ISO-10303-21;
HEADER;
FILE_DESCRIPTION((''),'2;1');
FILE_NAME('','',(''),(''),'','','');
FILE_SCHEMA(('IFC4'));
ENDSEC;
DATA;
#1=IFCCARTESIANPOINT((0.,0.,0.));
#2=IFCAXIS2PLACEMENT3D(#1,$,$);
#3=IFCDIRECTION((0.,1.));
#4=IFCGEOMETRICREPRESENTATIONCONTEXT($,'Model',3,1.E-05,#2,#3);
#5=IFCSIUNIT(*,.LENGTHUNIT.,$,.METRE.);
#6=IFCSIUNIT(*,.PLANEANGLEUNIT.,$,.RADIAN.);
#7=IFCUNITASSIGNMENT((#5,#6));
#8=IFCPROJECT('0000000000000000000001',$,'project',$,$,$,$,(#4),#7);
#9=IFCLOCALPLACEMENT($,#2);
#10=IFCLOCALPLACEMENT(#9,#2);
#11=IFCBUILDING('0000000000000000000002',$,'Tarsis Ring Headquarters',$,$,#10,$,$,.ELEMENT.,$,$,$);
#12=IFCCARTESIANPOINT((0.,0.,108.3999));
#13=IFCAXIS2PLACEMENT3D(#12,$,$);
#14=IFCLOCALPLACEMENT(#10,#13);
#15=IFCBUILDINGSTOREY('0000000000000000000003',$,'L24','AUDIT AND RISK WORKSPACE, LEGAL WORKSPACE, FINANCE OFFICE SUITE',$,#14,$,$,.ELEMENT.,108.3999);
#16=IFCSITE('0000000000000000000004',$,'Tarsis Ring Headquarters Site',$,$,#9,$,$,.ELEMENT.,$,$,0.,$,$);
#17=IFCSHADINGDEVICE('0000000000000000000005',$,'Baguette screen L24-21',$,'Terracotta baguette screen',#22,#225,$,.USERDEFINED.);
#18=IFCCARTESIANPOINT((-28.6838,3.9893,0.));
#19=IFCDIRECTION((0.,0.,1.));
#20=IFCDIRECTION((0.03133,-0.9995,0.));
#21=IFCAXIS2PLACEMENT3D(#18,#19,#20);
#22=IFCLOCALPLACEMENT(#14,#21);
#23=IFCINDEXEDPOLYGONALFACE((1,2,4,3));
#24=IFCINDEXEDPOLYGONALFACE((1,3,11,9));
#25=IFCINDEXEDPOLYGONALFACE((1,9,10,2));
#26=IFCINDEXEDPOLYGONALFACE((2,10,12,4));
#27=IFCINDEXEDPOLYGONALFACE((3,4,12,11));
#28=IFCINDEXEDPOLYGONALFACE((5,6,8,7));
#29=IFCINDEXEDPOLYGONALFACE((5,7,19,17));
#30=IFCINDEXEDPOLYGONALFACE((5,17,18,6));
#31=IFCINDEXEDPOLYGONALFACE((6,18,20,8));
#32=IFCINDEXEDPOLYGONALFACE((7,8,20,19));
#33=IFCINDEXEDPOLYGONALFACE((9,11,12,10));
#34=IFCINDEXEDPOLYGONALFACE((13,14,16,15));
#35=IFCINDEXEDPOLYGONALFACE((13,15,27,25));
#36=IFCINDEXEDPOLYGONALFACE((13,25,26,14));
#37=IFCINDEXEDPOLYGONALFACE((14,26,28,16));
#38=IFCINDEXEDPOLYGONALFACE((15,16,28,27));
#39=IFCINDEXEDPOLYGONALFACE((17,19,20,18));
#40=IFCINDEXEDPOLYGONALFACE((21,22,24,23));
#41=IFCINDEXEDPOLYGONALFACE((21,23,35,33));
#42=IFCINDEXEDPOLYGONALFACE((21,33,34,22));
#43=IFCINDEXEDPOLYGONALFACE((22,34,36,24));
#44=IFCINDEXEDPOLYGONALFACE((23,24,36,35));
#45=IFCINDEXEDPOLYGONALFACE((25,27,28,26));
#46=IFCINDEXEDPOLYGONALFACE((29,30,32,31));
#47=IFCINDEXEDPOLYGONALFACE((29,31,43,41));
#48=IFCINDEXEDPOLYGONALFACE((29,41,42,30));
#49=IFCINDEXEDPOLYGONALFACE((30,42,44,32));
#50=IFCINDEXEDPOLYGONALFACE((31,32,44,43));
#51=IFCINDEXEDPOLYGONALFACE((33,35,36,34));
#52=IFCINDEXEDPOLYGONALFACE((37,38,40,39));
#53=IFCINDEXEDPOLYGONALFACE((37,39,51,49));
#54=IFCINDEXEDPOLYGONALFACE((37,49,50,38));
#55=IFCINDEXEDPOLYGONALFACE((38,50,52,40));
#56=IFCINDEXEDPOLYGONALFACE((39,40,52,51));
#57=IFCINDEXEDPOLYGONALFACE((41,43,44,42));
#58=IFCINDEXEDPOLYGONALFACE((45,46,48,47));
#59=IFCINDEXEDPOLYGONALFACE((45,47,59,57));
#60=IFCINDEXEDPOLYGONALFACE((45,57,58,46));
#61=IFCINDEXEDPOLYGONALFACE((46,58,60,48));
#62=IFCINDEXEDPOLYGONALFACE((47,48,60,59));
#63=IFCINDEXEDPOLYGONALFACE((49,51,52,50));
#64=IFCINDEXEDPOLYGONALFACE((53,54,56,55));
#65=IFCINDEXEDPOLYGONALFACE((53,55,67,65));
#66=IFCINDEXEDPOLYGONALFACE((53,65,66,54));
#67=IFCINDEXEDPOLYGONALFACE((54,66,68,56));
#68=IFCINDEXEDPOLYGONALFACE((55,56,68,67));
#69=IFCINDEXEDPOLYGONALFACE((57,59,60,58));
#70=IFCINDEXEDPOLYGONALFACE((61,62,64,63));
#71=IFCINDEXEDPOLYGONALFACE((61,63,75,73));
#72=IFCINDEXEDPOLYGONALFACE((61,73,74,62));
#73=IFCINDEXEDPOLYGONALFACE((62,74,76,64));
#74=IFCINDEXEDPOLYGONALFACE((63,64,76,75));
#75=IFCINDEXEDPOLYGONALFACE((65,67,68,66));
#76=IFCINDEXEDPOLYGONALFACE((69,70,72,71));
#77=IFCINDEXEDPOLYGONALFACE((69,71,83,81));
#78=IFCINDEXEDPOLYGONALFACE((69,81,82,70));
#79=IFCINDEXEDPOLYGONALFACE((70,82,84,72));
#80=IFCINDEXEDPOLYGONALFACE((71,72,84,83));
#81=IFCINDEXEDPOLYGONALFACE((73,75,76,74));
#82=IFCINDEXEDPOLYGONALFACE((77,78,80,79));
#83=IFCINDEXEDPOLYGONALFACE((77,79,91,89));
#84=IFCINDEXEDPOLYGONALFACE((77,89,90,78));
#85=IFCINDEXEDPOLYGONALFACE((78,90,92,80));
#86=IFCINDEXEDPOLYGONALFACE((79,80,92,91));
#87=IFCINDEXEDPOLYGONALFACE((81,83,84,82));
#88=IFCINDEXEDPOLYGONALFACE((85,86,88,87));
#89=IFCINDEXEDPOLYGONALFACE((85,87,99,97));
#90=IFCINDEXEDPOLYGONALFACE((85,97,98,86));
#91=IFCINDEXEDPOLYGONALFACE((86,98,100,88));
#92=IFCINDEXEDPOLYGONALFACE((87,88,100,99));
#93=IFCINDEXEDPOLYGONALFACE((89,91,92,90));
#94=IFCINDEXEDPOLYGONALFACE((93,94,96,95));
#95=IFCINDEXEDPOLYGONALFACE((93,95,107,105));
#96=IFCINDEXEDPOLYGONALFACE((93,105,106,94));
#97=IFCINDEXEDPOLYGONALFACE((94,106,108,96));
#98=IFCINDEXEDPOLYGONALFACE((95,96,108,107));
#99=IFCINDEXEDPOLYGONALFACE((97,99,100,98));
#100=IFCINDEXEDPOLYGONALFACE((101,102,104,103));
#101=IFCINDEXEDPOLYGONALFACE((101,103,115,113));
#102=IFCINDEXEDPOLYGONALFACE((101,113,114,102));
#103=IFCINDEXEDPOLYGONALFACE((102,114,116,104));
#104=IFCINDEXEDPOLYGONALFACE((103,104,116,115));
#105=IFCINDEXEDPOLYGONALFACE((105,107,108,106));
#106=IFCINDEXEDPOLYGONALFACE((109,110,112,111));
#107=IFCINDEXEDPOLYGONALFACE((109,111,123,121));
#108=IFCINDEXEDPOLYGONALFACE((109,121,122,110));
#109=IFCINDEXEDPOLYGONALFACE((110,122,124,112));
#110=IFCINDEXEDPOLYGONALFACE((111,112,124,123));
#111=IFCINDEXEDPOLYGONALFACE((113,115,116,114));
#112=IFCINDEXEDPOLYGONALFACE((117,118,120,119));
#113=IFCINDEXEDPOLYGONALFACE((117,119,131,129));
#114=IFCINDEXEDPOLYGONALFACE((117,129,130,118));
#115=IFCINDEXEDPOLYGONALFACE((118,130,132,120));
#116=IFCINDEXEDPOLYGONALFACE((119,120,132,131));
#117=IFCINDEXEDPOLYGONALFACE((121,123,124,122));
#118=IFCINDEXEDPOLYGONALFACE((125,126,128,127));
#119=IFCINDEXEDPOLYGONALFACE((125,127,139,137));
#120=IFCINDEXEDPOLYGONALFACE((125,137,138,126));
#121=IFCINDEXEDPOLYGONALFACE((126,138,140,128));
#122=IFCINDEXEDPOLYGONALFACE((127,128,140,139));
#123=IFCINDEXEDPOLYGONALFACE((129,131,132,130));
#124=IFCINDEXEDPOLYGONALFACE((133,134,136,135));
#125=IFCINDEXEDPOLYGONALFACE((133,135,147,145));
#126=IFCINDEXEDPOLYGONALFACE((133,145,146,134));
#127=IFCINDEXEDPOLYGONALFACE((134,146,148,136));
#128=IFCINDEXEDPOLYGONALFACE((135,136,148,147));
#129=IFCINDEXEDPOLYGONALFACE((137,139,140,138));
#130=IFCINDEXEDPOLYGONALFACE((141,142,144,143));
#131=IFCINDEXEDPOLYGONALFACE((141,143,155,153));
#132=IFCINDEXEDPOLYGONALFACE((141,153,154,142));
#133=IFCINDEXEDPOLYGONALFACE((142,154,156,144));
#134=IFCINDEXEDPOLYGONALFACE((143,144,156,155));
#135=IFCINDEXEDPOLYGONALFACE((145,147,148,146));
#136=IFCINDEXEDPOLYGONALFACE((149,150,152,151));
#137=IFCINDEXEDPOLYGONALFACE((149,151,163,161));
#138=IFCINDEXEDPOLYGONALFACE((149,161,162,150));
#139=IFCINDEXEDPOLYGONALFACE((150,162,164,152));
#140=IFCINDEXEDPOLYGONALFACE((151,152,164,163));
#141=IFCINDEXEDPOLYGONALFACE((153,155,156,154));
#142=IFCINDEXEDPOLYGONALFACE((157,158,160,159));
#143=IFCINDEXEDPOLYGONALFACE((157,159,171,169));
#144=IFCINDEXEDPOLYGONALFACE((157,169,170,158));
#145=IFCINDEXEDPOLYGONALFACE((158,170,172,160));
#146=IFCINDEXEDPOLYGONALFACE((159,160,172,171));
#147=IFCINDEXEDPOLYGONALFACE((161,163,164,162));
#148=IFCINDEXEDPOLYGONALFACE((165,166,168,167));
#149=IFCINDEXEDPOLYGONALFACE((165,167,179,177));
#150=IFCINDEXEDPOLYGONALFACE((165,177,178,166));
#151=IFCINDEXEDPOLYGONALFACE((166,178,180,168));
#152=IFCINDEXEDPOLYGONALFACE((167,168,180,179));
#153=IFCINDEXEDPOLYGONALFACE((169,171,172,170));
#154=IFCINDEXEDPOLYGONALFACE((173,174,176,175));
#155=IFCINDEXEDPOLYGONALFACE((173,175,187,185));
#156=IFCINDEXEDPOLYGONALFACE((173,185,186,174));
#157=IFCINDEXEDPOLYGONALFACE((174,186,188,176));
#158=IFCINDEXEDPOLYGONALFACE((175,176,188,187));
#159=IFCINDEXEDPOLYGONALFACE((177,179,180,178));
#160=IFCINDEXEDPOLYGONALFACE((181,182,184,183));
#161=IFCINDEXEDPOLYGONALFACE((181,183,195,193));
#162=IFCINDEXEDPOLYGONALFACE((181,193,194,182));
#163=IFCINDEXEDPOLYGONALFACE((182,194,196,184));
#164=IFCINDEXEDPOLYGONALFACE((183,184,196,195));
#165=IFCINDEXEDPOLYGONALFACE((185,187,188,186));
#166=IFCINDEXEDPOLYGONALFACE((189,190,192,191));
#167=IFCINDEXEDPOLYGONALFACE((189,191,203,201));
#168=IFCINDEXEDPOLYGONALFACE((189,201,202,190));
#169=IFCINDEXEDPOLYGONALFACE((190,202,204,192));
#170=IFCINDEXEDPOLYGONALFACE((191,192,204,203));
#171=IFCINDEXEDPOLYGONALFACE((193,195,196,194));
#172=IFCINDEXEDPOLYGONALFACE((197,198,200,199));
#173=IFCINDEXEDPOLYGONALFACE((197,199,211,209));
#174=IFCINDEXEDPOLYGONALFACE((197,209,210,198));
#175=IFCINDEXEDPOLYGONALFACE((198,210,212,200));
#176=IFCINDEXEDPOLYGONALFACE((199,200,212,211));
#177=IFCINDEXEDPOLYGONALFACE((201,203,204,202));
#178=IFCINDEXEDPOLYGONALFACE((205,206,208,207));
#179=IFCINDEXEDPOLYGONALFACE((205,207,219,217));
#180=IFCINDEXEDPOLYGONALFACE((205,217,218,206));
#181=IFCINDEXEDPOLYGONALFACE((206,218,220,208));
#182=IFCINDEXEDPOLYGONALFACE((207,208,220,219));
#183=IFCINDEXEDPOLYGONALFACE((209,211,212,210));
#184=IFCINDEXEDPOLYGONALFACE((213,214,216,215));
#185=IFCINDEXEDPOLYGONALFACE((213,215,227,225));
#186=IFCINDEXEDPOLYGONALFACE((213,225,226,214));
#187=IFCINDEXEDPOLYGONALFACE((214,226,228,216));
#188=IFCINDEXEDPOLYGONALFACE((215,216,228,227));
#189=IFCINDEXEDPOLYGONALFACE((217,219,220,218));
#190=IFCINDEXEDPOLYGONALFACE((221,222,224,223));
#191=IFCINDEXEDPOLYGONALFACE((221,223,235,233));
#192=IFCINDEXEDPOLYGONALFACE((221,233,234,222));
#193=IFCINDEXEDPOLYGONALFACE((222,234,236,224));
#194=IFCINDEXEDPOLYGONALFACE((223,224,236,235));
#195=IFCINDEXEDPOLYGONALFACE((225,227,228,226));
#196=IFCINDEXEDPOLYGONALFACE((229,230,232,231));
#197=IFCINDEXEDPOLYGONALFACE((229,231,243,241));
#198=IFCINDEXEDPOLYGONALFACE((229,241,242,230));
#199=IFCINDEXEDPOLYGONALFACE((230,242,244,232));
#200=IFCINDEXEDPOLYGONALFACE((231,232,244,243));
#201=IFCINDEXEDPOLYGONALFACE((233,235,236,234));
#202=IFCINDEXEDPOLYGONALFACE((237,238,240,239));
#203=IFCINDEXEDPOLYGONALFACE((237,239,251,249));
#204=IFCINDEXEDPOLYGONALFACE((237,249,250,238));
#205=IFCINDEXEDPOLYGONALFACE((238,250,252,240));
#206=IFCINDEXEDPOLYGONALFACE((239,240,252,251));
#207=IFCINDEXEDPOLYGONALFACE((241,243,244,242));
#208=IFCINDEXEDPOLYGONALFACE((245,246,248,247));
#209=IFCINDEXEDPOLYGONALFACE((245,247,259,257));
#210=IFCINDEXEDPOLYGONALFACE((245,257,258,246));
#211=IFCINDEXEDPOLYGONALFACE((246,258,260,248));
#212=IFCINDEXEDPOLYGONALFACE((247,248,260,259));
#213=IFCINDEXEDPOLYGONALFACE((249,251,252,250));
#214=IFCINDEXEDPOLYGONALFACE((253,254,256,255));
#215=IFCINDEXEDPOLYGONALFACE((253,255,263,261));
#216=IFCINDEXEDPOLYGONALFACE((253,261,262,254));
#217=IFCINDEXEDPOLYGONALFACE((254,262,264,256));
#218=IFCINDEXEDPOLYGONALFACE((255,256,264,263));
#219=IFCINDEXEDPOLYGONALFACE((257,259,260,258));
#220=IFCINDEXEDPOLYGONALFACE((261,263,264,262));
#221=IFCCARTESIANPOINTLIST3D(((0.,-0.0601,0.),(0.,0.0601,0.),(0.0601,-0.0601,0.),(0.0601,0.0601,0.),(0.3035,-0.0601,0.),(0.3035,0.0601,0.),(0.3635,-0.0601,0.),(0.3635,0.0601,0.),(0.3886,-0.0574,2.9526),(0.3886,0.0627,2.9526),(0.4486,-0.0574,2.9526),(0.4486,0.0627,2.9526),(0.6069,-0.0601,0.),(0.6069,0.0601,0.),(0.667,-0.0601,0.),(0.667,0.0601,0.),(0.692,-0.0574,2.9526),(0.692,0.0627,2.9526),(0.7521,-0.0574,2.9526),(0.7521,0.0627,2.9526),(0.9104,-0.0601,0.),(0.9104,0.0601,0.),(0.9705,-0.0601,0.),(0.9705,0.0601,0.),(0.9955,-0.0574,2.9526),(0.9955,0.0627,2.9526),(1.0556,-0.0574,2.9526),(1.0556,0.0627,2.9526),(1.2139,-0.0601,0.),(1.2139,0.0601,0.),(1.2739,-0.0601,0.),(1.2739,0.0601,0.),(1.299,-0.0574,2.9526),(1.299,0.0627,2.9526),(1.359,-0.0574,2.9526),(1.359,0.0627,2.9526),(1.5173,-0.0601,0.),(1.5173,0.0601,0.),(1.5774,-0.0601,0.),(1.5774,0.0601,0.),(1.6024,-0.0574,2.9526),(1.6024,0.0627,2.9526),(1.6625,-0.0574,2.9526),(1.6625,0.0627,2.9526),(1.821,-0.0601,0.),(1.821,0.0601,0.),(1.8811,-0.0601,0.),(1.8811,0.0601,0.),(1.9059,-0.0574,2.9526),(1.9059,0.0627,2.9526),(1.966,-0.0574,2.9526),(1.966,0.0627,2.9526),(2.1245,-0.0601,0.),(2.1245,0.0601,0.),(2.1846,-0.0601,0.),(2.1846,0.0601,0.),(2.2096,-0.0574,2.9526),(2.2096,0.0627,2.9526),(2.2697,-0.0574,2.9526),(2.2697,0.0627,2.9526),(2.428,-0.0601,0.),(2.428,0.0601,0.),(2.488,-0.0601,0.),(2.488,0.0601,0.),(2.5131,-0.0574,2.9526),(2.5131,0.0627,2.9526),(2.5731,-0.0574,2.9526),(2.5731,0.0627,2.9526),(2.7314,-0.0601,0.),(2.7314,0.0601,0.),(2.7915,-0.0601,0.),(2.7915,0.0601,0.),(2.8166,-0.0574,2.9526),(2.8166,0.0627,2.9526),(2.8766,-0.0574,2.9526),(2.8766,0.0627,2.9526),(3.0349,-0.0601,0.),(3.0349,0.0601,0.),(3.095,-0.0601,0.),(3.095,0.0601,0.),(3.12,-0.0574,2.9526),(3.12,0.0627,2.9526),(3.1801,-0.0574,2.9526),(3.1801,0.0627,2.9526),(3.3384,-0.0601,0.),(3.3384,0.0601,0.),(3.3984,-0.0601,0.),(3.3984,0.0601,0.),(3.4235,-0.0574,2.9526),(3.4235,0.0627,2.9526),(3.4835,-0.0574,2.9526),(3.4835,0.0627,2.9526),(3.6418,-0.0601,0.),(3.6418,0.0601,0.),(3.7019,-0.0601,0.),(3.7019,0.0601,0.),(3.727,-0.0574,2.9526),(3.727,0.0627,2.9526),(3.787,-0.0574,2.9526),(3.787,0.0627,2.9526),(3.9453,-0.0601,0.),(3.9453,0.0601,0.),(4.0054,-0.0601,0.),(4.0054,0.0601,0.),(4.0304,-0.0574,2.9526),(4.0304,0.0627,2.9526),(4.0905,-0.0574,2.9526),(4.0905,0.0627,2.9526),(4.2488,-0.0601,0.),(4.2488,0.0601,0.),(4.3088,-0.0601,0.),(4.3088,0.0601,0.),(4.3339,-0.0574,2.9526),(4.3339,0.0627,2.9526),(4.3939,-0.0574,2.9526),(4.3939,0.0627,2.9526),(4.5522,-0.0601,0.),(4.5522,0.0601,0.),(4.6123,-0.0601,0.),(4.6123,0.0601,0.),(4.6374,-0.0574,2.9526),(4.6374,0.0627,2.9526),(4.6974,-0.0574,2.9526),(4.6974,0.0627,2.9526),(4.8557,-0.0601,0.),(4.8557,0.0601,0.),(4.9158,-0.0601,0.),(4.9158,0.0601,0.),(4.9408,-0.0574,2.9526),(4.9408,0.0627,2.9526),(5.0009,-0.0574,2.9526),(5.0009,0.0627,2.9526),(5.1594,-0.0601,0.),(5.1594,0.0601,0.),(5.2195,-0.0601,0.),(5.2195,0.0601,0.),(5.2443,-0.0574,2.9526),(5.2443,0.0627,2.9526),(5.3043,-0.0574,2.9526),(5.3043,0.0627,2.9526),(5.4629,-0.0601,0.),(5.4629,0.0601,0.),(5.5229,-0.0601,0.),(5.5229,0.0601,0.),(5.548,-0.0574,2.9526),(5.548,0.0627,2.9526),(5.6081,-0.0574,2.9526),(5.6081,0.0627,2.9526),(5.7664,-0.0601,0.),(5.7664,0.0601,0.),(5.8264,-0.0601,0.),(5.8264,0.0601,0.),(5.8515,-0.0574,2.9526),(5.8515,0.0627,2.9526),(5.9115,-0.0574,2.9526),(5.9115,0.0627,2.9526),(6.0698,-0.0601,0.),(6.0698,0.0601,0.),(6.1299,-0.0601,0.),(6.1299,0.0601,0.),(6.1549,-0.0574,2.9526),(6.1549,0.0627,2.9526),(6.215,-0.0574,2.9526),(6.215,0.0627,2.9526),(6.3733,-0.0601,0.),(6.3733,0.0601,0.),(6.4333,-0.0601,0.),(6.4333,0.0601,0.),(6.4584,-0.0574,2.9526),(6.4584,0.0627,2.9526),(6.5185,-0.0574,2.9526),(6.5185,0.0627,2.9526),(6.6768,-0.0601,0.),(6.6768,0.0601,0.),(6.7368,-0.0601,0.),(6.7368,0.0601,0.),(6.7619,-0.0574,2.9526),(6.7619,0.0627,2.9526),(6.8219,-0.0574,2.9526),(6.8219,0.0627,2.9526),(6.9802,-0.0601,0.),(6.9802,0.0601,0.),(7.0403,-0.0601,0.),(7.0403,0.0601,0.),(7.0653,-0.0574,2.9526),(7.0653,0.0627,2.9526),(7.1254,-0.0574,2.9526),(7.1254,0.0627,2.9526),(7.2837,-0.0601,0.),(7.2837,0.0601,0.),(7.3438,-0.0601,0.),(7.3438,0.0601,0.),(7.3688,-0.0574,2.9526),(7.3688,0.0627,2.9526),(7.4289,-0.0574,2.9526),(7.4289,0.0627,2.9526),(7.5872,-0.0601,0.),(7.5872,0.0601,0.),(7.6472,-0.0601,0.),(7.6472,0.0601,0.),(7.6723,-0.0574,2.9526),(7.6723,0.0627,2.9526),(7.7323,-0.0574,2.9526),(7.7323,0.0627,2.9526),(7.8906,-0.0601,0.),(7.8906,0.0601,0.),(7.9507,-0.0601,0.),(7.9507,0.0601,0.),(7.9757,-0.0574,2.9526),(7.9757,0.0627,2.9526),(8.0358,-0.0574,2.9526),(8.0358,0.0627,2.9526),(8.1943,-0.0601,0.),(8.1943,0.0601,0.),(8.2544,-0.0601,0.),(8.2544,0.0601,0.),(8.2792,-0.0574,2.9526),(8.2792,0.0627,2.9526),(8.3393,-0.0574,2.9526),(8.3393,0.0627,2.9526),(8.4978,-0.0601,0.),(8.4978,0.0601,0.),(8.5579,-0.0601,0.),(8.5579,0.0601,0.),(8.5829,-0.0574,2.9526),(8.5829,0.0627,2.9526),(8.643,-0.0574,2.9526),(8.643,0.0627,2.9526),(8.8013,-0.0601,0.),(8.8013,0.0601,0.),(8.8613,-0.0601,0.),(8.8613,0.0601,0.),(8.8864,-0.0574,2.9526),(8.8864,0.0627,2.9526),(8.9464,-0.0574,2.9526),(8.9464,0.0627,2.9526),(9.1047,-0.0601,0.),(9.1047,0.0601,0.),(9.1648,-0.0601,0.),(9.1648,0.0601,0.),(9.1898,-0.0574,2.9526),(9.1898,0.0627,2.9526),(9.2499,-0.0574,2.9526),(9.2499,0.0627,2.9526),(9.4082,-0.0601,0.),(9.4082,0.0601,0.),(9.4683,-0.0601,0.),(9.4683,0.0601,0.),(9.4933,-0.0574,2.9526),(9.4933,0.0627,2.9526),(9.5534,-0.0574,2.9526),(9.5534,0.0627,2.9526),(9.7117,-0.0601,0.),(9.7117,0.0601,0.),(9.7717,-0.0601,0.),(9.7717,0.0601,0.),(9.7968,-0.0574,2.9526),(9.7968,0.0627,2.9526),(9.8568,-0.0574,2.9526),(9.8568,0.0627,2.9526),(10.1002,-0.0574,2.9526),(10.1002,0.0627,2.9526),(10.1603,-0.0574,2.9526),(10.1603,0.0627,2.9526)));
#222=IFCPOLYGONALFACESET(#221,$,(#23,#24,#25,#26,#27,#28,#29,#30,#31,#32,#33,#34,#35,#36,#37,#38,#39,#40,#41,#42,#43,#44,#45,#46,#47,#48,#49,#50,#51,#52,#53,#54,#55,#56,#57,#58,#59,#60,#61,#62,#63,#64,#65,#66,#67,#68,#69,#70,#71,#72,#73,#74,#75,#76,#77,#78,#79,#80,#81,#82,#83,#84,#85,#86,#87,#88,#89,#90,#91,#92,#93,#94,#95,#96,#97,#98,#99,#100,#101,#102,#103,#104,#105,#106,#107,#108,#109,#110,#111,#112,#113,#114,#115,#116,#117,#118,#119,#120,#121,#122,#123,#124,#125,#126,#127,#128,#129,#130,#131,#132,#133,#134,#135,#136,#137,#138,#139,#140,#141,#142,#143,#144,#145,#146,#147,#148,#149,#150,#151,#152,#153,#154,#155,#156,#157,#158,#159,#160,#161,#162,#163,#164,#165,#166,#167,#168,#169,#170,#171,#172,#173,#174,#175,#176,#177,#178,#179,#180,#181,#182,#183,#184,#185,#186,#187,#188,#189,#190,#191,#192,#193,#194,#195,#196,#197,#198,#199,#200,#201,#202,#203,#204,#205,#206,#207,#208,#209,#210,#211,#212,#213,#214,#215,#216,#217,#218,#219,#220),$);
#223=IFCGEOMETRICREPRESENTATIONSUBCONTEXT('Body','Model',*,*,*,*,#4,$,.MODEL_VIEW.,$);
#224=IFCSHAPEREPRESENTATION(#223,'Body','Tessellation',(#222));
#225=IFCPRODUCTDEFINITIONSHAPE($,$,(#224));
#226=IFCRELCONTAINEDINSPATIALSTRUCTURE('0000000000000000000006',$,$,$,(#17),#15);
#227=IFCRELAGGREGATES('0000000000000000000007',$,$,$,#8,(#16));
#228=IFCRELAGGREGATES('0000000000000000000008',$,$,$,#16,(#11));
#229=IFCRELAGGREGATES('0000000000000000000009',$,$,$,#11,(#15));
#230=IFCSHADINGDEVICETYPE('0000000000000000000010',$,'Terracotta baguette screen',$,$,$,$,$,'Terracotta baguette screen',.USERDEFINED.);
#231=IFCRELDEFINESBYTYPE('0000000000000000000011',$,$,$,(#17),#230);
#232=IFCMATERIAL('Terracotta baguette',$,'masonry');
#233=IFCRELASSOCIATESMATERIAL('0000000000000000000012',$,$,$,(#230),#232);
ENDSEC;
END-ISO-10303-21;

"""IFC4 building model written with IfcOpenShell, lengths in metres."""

from ifc_helpers import new_model, si_unit, direction, frame, frame_2d, origin, place, context, subcontext, project, spatial, rectangle, composite_profile, extrude, material, type_object, element, save


model = new_model("IFC4")

# Units and contexts
model_context = context("Model", 3, precision=1e-05, world=origin(), true_north=direction((0.0, 1.0)))
body_context = subcontext(model_context, "Body", "Model", "MODEL_VIEW")
ifc_project = project(units=[si_unit("LENGTHUNIT", "METRE"), si_unit("PLANEANGLEUNIT", "RADIAN")], contexts=[model_context])

# Site, building, storey
site_placement = place(None, origin())
site = spatial("IfcSite", under=ifc_project, at=site_placement, Name="Tarsis Ring Headquarters Site", CompositionType="ELEMENT", RefElevation=0.0)
building_placement = place(site_placement, origin())
building = spatial("IfcBuilding", under=site, at=building_placement, Name="Tarsis Ring Headquarters", CompositionType="ELEMENT")
storey_placement = place(building_placement, frame((0.0, 0.0, 108.3999)))
storey = spatial("IfcBuildingStorey", under=building, at=storey_placement, Name="L24", Description="AUDIT AND RISK WORKSPACE, LEGAL WORKSPACE, FINANCE OFFICE SUITE", CompositionType="ELEMENT", Elevation=108.3999)

# Shading device
ifc_material_1 = material(Name="Terracotta baguette", Category="masonry")
shading_device_type = type_object("IfcShadingDeviceType", Name="Terracotta baguette screen", ElementType="Terracotta baguette screen", PredefinedType="USERDEFINED", material=ifc_material_1)
shading_device_placement = place(storey_placement, frame((-28.6838, 3.9893, 0.0), z_axis=(0.0, 0.0, 1.0), x_axis=(0.03133, -0.9995, 0.0)))
element("IfcShadingDevice", 1, at=shading_device_placement, inside=storey, type_object=shading_device_type, Name="Baguette screen L24-21", ObjectType="Terracotta baguette screen", PredefinedType="USERDEFINED", context=body_context, shape_type="SweptSolid", body=[
    extrude(composite_profile([rectangle(XDim=0.0601, YDim=0.1201, at=frame_2d((0.03, 0.0))), rectangle(XDim=0.0601, YDim=0.1201, at=frame_2d((0.3335, 0.0))), rectangle(XDim=0.0601, YDim=0.1201, at=frame_2d((0.637, 0.0))), rectangle(XDim=0.0601, YDim=0.1201, at=frame_2d((0.9404, 0.0))), rectangle(XDim=0.0601, YDim=0.1201, at=frame_2d((1.2439, 0.0))), rectangle(XDim=0.0601, YDim=0.1201, at=frame_2d((1.5474, 0.0))), rectangle(XDim=0.0601, YDim=0.1201, at=frame_2d((1.8511, 0.0))), rectangle(XDim=0.0601, YDim=0.1201, at=frame_2d((2.1545, 0.0))), rectangle(XDim=0.0601, YDim=0.1201, at=frame_2d((2.458, 0.0))), rectangle(XDim=0.0601, YDim=0.1201, at=frame_2d((2.7615, 0.0))), rectangle(XDim=0.0601, YDim=0.1201, at=frame_2d((3.0649, 0.0))), rectangle(XDim=0.0601, YDim=0.1201, at=frame_2d((3.3684, 0.0))), rectangle(XDim=0.0601, YDim=0.1201, at=frame_2d((3.6719, 0.0))), rectangle(XDim=0.0601, YDim=0.1201, at=frame_2d((3.9753, 0.0))), rectangle(XDim=0.0601, YDim=0.1201, at=frame_2d((4.2788, 0.0))), rectangle(XDim=0.0601, YDim=0.1201, at=frame_2d((4.5823, 0.0))), rectangle(XDim=0.0601, YDim=0.1201, at=frame_2d((4.8857, 0.0))), rectangle(XDim=0.0601, YDim=0.1201, at=frame_2d((5.1895, 0.0))), rectangle(XDim=0.0601, YDim=0.1201, at=frame_2d((5.4929, 0.0))), rectangle(XDim=0.0601, YDim=0.1201, at=frame_2d((5.7964, 0.0))), rectangle(XDim=0.0601, YDim=0.1201, at=frame_2d((6.0999, 0.0))), rectangle(XDim=0.0601, YDim=0.1201, at=frame_2d((6.4033, 0.0))), rectangle(XDim=0.0601, YDim=0.1201, at=frame_2d((6.7068, 0.0))), rectangle(XDim=0.0601, YDim=0.1201, at=frame_2d((7.0103, 0.0))), rectangle(XDim=0.0601, YDim=0.1201, at=frame_2d((7.3137, 0.0))), rectangle(XDim=0.0601, YDim=0.1201, at=frame_2d((7.6172, 0.0))), rectangle(XDim=0.0601, YDim=0.1201, at=frame_2d((7.9207, 0.0))), rectangle(XDim=0.0601, YDim=0.1201, at=frame_2d((8.2244, 0.0))), rectangle(XDim=0.0601, YDim=0.1201, at=frame_2d((8.5278, 0.0))), rectangle(XDim=0.0601, YDim=0.1201, at=frame_2d((8.8313, 0.0))), rectangle(XDim=0.0601, YDim=0.1201, at=frame_2d((9.1348, 0.0))), rectangle(XDim=0.0601, YDim=0.1201, at=frame_2d((9.4382, 0.0))), rectangle(XDim=0.0601, YDim=0.1201, at=frame_2d((9.7417, 0.0)))]), origin(), (0.13048, 0.000887, 0.991451), 2.978),
])

save(model, "model.ifc")
